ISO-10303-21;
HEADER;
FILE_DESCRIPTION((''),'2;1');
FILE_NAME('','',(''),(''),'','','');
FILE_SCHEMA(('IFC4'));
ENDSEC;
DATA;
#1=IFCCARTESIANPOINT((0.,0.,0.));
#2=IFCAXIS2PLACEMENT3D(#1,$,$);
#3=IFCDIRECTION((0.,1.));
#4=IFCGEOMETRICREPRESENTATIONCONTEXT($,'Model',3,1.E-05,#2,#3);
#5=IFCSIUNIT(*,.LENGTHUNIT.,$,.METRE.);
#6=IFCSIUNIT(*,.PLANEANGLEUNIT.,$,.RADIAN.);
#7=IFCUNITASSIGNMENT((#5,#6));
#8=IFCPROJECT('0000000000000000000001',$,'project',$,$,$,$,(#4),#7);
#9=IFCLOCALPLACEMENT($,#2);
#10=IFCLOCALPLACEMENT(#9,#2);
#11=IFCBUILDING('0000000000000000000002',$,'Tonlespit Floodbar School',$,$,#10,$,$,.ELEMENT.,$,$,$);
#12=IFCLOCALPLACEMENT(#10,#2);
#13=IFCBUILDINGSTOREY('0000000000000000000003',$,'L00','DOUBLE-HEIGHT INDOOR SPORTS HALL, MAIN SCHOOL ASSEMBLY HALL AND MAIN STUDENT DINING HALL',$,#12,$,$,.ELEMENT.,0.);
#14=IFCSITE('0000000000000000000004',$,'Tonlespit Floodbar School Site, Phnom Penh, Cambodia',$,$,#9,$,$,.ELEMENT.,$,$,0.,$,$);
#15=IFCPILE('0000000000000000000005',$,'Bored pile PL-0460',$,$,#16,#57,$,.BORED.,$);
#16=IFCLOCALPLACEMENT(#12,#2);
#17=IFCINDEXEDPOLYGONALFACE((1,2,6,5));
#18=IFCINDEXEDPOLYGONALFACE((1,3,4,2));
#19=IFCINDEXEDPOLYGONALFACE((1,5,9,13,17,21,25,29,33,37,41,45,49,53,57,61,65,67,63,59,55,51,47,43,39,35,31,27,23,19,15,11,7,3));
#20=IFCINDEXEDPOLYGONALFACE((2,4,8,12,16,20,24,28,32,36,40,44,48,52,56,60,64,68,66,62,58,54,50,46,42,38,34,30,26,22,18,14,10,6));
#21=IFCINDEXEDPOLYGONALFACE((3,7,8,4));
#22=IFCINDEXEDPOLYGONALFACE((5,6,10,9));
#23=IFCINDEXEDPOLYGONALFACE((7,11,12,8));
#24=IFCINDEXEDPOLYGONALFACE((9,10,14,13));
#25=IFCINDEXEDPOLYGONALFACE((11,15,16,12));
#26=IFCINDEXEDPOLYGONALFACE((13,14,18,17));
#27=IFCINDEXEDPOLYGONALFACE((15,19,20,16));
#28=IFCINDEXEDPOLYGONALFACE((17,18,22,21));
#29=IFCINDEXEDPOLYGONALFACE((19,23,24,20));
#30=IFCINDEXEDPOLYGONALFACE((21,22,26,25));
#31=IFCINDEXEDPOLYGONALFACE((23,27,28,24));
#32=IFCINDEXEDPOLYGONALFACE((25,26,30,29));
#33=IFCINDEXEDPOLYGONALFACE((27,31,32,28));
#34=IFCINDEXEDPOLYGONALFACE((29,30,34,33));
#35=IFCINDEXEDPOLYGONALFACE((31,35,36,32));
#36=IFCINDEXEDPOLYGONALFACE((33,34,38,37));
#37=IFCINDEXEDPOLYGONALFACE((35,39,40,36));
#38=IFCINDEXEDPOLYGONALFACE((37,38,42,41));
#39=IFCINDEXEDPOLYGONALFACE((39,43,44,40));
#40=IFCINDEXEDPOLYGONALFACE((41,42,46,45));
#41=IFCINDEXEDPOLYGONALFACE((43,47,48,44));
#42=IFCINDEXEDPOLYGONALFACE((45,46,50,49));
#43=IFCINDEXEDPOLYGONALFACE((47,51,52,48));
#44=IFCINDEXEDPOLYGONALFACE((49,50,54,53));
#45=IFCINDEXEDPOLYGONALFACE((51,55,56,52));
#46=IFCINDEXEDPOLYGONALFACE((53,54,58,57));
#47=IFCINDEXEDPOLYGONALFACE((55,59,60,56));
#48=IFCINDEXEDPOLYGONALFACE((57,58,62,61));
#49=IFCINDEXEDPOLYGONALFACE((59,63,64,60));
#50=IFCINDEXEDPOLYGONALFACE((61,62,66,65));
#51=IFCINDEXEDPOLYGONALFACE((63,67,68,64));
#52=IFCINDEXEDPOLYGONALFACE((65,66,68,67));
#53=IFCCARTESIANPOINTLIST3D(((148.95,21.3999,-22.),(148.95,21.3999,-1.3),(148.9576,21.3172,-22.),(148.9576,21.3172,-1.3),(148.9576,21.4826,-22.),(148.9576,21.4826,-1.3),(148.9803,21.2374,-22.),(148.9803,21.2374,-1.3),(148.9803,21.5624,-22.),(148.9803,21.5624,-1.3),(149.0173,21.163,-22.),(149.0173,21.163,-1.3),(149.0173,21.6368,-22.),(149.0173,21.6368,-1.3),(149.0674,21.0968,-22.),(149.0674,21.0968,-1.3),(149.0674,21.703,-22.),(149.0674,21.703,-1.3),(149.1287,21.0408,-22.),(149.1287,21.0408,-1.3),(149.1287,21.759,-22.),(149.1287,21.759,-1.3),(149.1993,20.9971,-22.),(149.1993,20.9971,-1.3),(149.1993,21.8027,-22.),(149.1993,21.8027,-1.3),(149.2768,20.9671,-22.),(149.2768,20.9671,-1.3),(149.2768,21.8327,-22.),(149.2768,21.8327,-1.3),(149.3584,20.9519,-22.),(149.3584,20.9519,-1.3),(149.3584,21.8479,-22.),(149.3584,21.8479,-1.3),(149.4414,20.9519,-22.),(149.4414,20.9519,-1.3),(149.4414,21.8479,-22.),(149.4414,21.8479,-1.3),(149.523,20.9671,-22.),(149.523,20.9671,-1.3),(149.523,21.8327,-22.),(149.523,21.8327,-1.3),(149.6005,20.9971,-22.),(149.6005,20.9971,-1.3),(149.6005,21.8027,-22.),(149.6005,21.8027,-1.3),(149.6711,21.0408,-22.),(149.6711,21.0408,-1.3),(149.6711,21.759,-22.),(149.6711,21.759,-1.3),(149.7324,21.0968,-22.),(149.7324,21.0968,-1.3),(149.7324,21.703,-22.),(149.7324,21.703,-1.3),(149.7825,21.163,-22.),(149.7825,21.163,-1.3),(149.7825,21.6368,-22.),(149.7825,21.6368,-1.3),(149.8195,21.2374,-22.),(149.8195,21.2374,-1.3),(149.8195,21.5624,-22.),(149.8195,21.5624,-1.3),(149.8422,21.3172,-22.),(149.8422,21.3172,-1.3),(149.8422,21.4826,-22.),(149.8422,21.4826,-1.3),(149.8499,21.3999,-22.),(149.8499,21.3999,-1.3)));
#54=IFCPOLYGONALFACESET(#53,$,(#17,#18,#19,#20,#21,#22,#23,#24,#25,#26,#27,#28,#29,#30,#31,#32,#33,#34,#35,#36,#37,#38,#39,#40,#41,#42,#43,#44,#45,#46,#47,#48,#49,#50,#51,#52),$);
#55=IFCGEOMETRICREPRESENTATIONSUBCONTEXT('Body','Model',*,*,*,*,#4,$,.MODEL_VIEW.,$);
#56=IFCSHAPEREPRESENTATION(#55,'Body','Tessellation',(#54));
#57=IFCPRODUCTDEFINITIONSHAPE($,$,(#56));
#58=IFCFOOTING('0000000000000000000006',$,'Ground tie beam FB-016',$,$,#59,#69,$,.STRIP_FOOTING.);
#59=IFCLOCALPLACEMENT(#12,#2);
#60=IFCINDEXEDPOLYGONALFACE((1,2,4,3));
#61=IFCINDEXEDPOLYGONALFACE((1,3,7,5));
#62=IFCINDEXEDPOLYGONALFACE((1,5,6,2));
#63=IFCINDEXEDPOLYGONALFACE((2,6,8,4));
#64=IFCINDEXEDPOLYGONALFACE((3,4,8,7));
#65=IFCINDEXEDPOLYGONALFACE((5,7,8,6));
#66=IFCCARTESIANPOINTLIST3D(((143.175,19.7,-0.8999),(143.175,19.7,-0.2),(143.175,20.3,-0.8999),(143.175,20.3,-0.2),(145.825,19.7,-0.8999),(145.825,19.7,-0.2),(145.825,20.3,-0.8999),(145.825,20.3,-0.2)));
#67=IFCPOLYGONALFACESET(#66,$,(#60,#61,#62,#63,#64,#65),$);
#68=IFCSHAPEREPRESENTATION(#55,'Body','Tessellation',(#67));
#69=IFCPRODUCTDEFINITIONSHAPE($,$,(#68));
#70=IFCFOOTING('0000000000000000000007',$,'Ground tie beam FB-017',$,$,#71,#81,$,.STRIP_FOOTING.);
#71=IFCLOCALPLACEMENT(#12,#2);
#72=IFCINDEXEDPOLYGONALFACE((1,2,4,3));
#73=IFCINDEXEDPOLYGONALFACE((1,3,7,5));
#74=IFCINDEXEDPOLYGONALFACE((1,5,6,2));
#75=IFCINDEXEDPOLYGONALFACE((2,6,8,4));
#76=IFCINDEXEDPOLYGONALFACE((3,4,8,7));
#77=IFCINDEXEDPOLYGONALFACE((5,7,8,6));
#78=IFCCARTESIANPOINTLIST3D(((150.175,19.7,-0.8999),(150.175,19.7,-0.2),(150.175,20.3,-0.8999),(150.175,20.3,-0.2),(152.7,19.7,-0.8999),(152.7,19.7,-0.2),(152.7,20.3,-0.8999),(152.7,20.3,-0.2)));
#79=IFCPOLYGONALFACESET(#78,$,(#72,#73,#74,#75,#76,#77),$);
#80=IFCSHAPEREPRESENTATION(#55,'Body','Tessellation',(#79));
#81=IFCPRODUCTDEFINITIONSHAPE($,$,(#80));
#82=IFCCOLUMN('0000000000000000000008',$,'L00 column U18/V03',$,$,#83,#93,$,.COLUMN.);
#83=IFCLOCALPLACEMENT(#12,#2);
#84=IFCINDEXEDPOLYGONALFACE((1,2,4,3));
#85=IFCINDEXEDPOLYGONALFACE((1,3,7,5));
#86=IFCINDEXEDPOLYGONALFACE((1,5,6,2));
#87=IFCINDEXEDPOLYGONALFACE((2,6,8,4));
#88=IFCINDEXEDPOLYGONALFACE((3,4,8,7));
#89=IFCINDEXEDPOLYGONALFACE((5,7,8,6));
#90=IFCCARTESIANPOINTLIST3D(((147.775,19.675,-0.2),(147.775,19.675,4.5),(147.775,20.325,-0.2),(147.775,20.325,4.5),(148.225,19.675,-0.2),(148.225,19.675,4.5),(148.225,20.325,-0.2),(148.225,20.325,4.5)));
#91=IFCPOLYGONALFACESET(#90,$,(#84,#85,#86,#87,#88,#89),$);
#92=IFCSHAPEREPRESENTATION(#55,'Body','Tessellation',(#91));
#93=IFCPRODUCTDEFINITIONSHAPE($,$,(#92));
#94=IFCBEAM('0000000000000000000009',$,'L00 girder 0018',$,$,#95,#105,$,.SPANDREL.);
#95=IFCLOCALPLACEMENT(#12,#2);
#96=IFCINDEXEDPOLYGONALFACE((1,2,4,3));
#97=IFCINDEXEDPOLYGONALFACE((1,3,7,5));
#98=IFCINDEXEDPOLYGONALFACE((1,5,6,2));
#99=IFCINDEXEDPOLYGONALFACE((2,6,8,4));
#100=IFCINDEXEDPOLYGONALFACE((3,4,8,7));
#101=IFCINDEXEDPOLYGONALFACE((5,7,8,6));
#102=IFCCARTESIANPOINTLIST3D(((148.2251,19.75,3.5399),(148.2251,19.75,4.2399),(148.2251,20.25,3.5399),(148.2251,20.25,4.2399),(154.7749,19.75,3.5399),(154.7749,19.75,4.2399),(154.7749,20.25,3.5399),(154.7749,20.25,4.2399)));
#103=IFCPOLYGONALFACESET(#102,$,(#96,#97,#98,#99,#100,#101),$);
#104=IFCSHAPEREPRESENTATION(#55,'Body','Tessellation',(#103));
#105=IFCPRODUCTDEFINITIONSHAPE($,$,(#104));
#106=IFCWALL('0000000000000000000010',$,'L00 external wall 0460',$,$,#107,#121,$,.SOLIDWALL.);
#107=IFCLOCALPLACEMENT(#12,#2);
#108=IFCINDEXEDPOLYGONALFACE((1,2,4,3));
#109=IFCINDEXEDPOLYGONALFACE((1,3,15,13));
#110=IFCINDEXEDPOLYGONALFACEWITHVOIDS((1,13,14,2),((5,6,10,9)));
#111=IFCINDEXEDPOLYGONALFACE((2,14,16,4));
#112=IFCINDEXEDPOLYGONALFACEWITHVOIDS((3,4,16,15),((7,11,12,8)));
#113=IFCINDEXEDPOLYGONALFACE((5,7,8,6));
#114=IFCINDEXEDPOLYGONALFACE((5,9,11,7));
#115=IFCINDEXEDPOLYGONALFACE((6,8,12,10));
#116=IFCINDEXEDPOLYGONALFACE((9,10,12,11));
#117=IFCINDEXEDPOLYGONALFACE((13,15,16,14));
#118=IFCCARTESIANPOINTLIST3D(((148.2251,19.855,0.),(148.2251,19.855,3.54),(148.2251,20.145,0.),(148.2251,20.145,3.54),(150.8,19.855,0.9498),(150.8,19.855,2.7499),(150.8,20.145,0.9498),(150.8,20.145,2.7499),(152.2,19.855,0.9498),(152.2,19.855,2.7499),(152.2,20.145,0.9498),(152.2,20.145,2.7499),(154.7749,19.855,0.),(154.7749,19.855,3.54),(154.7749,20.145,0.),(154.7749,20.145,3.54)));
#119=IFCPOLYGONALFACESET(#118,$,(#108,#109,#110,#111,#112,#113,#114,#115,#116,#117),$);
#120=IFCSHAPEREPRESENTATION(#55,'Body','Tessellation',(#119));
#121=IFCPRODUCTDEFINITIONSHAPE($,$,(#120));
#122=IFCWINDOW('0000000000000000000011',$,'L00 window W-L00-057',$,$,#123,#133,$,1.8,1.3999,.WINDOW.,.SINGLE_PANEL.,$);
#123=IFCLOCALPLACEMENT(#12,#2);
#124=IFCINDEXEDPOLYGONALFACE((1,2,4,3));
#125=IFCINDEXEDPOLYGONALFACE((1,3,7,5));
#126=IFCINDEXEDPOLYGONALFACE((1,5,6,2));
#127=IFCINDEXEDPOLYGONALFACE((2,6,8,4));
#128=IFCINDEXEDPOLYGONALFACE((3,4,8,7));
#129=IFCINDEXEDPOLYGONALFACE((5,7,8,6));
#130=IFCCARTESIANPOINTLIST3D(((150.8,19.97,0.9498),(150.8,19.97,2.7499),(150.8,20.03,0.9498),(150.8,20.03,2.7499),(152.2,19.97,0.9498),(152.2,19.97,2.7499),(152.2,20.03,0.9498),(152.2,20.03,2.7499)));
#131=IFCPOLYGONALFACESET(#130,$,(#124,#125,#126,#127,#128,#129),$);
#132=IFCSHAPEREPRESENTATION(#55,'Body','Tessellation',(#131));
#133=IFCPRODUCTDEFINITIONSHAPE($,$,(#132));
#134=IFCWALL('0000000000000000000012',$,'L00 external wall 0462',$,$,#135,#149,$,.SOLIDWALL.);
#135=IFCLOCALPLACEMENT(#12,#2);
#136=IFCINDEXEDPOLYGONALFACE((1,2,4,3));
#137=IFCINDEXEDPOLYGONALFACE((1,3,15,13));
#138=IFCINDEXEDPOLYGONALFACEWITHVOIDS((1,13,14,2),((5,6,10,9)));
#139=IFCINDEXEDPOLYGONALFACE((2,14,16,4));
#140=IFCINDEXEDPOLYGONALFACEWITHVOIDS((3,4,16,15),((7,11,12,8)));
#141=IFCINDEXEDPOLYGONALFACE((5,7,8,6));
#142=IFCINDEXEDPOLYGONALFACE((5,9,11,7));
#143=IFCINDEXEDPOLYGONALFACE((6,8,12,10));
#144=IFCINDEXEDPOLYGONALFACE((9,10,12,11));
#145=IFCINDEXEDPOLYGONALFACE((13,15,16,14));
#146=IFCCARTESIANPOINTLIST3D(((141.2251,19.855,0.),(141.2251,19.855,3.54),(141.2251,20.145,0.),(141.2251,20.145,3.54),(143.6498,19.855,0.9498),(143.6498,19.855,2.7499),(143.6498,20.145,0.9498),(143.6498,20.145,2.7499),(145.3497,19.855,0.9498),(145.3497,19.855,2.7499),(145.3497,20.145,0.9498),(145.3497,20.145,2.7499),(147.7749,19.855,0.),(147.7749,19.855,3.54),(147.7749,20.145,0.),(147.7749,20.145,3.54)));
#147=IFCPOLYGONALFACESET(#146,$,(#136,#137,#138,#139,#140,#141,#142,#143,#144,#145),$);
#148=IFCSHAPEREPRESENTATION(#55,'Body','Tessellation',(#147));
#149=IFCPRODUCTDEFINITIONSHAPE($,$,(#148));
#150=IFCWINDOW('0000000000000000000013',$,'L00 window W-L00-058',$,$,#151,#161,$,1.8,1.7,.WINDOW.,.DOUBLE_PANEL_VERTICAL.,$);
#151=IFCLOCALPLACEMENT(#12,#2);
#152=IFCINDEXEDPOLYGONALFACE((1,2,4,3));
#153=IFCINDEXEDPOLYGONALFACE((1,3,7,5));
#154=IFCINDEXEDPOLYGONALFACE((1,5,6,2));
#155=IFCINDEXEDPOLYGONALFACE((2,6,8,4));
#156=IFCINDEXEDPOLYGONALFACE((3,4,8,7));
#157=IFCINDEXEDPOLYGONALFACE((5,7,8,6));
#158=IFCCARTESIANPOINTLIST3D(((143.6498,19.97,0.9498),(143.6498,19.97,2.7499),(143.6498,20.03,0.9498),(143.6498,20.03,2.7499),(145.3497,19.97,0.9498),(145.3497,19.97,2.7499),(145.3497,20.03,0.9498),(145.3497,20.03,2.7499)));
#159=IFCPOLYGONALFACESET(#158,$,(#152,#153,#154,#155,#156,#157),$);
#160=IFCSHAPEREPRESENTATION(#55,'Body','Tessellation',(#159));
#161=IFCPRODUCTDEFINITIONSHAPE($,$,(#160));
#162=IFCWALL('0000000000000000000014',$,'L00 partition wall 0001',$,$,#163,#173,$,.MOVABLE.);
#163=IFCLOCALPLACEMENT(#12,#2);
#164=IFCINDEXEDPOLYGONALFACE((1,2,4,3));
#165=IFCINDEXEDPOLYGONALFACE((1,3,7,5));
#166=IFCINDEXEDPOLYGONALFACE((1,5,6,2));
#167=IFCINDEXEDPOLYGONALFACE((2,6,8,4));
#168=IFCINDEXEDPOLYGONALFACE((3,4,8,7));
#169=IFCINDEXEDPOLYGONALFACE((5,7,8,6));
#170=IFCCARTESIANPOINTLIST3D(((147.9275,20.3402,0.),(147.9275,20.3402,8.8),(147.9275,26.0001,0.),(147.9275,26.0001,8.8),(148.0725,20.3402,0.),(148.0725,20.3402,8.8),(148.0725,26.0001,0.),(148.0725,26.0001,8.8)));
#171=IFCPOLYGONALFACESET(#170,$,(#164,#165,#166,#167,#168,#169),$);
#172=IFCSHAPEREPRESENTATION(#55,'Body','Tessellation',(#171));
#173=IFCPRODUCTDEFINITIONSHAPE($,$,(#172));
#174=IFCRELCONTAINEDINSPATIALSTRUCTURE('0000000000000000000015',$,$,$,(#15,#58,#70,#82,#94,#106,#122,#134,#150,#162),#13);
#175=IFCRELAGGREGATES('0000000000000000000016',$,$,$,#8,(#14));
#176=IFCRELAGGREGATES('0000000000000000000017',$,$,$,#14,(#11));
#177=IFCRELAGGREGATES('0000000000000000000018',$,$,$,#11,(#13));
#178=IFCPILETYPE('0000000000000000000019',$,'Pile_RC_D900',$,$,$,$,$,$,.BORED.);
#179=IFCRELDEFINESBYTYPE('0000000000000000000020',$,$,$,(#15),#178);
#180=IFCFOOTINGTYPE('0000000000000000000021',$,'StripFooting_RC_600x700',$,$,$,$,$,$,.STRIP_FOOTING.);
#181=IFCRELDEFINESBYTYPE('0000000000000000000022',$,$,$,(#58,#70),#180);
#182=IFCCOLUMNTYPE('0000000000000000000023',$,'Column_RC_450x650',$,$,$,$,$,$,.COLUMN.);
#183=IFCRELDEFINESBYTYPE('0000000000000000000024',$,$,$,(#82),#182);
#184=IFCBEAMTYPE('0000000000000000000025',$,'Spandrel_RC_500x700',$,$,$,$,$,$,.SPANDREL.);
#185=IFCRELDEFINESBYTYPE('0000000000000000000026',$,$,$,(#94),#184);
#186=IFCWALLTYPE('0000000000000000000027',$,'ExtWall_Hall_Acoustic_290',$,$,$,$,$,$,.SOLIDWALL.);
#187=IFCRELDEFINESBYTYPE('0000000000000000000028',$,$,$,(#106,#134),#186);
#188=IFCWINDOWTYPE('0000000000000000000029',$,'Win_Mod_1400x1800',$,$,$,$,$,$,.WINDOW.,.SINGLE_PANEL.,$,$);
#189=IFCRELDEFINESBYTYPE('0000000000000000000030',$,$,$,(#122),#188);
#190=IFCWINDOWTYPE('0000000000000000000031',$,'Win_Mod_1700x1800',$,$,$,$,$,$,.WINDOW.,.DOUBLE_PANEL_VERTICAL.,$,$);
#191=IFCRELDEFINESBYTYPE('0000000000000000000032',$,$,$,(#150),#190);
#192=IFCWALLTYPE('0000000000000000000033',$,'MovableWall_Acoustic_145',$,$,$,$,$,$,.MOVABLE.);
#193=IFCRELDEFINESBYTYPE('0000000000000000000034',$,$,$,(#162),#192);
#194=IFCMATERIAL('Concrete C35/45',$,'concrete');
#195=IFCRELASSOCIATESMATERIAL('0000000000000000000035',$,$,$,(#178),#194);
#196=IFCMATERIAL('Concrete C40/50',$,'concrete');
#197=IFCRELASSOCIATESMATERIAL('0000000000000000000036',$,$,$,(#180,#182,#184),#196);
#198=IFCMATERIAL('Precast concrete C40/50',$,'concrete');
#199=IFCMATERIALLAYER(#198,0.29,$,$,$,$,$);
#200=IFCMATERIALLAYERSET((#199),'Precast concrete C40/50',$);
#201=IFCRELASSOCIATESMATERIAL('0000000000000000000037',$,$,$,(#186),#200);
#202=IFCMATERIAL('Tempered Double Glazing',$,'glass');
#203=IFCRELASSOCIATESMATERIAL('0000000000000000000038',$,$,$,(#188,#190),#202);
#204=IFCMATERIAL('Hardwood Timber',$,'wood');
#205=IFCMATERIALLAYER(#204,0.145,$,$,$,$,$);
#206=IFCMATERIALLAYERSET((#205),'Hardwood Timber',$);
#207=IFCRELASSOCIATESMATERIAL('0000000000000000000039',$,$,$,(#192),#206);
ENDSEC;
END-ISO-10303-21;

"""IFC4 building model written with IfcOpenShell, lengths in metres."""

from ifc_helpers import new_model, si_unit, direction, frame, frame_2d, origin, origin_2d, place, context, subcontext, project, spatial, rectangle, circle, extrude, material, layer, layer_set, material_profile, profile_set, type_object, element, fill, save


model = new_model("IFC4")

# Units and contexts
model_context = context("Model", 3, precision=1e-05, world=origin(), true_north=direction((0.0, 1.0)))
body_context = subcontext(model_context, "Body", "Model", "MODEL_VIEW")
ifc_project = project(units=[si_unit("LENGTHUNIT", "METRE"), si_unit("PLANEANGLEUNIT", "RADIAN")], contexts=[model_context])

# Site, building, storey
site_placement = place(None, origin())
site = spatial("IfcSite", under=ifc_project, at=site_placement, Name="Tonlespit Floodbar School Site, Phnom Penh, Cambodia", CompositionType="ELEMENT", RefElevation=0.0)
building_placement = place(site_placement, origin())
building = spatial("IfcBuilding", under=site, at=building_placement, Name="Tonlespit Floodbar School", CompositionType="ELEMENT")
storey_placement = place(building_placement, origin())
storey = spatial("IfcBuildingStorey", under=building, at=storey_placement, Name="L00", Description="DOUBLE-HEIGHT INDOOR SPORTS HALL, MAIN SCHOOL ASSEMBLY HALL AND MAIN STUDENT DINING HALL", CompositionType="ELEMENT", Elevation=0.0)

# Shared definitions
ifc_material_1 = material(Name="Concrete C40/50", Category="concrete")

# Pile
ifc_material_2 = material(Name="Concrete C35/45", Category="concrete")
ifc_material_profile_1 = material_profile(ifc_material_2, circle(Radius=0.45, at=origin_2d()), Name="BP D900")
ifc_profile_set_1 = profile_set([ifc_material_profile_1], Name="Concrete C35/45")
pile_type_1 = type_object("IfcPileType", Name="Pile_RC_D900", PredefinedType="BORED", material=ifc_profile_set_1)
for number, where, z_axis, x_axis, name in (
    (1, (149.3999, 21.3999, -1.3), (0.0, 0.0, -1.0), (1.0, 0.0, 0.0), "Bored pile PL-0460"),
):
    element("IfcPile", number, at=place(storey_placement, frame(where, z_axis=z_axis, x_axis=x_axis)), inside=storey, type_object=pile_type_1, Name=name, PredefinedType="BORED", context=body_context, shape_type="SweptSolid", body=[
        extrude(circle(Radius=0.45, at=origin_2d()), origin(), (0.0, 0.0, 1.0), 20.7),
    ])

# Footings
footing_type_1 = type_object("IfcFootingType", Name="StripFooting_RC_600x700", PredefinedType="STRIP_FOOTING", material=ifc_material_1)
footing_1_placement = place(storey_placement, frame((144.5, 20.0, -0.8999), z_axis=(0.0, 0.0, 1.0), x_axis=(1.0, 0.0, 0.0)))
element("IfcFooting", 2, at=footing_1_placement, inside=storey, type_object=footing_type_1, Name="Ground tie beam FB-016", PredefinedType="STRIP_FOOTING", context=body_context, shape_type="SweptSolid", body=[
    extrude(rectangle(XDim=2.6499, YDim=0.6001, at=origin_2d()), origin(), (0.0, 0.0, 1.0), 0.7),
])
footing_2_placement = place(storey_placement, frame((151.4375, 20.0, -0.8999), z_axis=(0.0, 0.0, 1.0), x_axis=(1.0, 0.0, 0.0)))
element("IfcFooting", 3, at=footing_2_placement, inside=storey, type_object=footing_type_1, Name="Ground tie beam FB-017", PredefinedType="STRIP_FOOTING", context=body_context, shape_type="SweptSolid", body=[
    extrude(rectangle(XDim=2.5249, YDim=0.6001, at=origin_2d()), origin(), (0.0, 0.0, 1.0), 0.7),
])

# Column
ifc_material_profile_2 = material_profile(ifc_material_1, rectangle(XDim=0.45, YDim=0.6499, at=origin_2d()), Name="RC 450x650")
ifc_profile_set_2 = profile_set([ifc_material_profile_2], Name="Concrete C40/50")
column_type = type_object("IfcColumnType", Name="Column_RC_450x650", PredefinedType="COLUMN", material=ifc_profile_set_2)
column_placement = place(storey_placement, frame((148.0, 20.0, -0.2), z_axis=(0.0, 0.0, 1.0), x_axis=(1.0, 0.0, 0.0)))
element("IfcColumn", 4, at=column_placement, inside=storey, type_object=column_type, Name="L00 column U18/V03", PredefinedType="COLUMN", context=body_context, shape_type="SweptSolid", body=[
    extrude(rectangle(XDim=0.45, YDim=0.6499, at=origin_2d()), origin(), (0.0, 0.0, 1.0), 4.7),
])

# Beam
ifc_material_profile_3 = material_profile(ifc_material_1, rectangle(XDim=0.5, YDim=0.7, at=origin_2d()), Name="RC 500x700")
ifc_profile_set_3 = profile_set([ifc_material_profile_3], Name="Concrete C40/50")
beam_type = type_object("IfcBeamType", Name="Spandrel_RC_500x700", PredefinedType="SPANDREL", material=ifc_profile_set_3)
beam_placement = place(storey_placement, frame((148.2251, 20.0, 3.8899), z_axis=(1.0, 0.0, 0.0), x_axis=(0.0, 1.0, 0.0)))
element("IfcBeam", 5, at=beam_placement, inside=storey, type_object=beam_type, Name="L00 girder 0018", PredefinedType="SPANDREL", context=body_context, shape_type="SweptSolid", body=[
    extrude(rectangle(XDim=0.5, YDim=0.7, at=origin_2d()), origin(), (0.0, 0.0, 1.0), 6.5498),
])

# Walls, openings, windows
ifc_material_3 = material(Name="Precast concrete C40/50", Category="concrete")
ifc_layer_1 = layer(ifc_material_3, 0.29)
ifc_layer_set_1 = layer_set([ifc_layer_1], Name="Precast concrete C40/50")
wall_type_1 = type_object("IfcWallType", Name="ExtWall_Hall_Acoustic_290", PredefinedType="SOLIDWALL", material=ifc_layer_set_1)
wall_1_placement = place(storey_placement, frame((154.7749, 20.0, 0.0), z_axis=(0.0, 0.0, 1.0), x_axis=(-1.0, 0.0, 0.0)))
wall_1 = element("IfcWall", 6, at=wall_1_placement, inside=storey, type_object=wall_type_1, Name="L00 external wall 0460", PredefinedType="SOLIDWALL", context=body_context, shape_type="SweptSolid", body=[
    extrude(rectangle(XDim=6.5498, YDim=0.29, at=frame_2d((3.2749, 0.0))), origin(), (0.0, 0.0, 1.0), 3.54),
])
opening_1_placement = place(wall_1_placement, frame((2.575, 0.0, 0.95)))
opening_1 = element("IfcOpeningElement", 7, at=opening_1_placement, cuts=wall_1, PredefinedType="OPENING", context=body_context, shape_type="SweptSolid", body=[
    extrude(rectangle(XDim=1.3999, YDim=1.8, at=frame_2d((0.7, 0.8999))), frame((0.0, 0.155, 0.0), z_axis=(0.0, -1.0, 0.0), x_axis=(1.0, 0.0, 0.0)), (0.0, 0.0, 1.0), 0.3101),
])
ifc_material_4 = material(Name="Tempered Double Glazing", Category="glass")
window_type_1 = type_object("IfcWindowType", Name="Win_Mod_1400x1800", PartitioningType="SINGLE_PANEL", PredefinedType="WINDOW", material=ifc_material_4)
window_1_placement = place(opening_1_placement, origin())
window_1 = element("IfcWindow", 8, at=window_1_placement, inside=storey, type_object=window_type_1, Name="L00 window W-L00-057", OverallHeight=1.8, OverallWidth=1.3999, PartitioningType="SINGLE_PANEL", PredefinedType="WINDOW", context=body_context, shape_type="SweptSolid", body=[
    extrude(rectangle(XDim=1.3999, YDim=1.8, at=frame_2d((0.7, 0.8999))), frame((0.0, 0.03, 0.0), z_axis=(0.0, -1.0, 0.0), x_axis=(1.0, 0.0, 0.0)), (0.0, 0.0, 1.0), 0.0601),
])
fill(opening_1, window_1)
wall_2_placement = place(storey_placement, frame((147.7749, 20.0, 0.0), z_axis=(0.0, 0.0, 1.0), x_axis=(-1.0, 0.0, 0.0)))
wall_2 = element("IfcWall", 9, at=wall_2_placement, inside=storey, type_object=wall_type_1, Name="L00 external wall 0462", PredefinedType="SOLIDWALL", context=body_context, shape_type="SweptSolid", body=[
    extrude(rectangle(XDim=6.5498, YDim=0.29, at=frame_2d((3.2749, 0.0))), origin(), (0.0, 0.0, 1.0), 3.54),
])
opening_2_placement = place(wall_2_placement, frame((2.425, 0.0, 0.95)))
opening_2 = element("IfcOpeningElement", 10, at=opening_2_placement, cuts=wall_2, PredefinedType="OPENING", context=body_context, shape_type="SweptSolid", body=[
    extrude(rectangle(XDim=1.7, YDim=1.8, at=frame_2d((0.8501, 0.8999))), frame((0.0, 0.155, 0.0), z_axis=(0.0, -1.0, 0.0), x_axis=(1.0, 0.0, 0.0)), (0.0, 0.0, 1.0), 0.3101),
])
window_type_2 = type_object("IfcWindowType", Name="Win_Mod_1700x1800", PartitioningType="DOUBLE_PANEL_VERTICAL", PredefinedType="WINDOW", material=ifc_material_4)
window_2_placement = place(opening_2_placement, origin())
window_2 = element("IfcWindow", 11, at=window_2_placement, inside=storey, type_object=window_type_2, Name="L00 window W-L00-058", OverallHeight=1.8, OverallWidth=1.7, PartitioningType="DOUBLE_PANEL_VERTICAL", PredefinedType="WINDOW", context=body_context, shape_type="SweptSolid", body=[
    extrude(rectangle(XDim=1.7, YDim=1.8, at=frame_2d((0.8501, 0.8999))), frame((0.0, 0.03, 0.0), z_axis=(0.0, -1.0, 0.0), x_axis=(1.0, 0.0, 0.0)), (0.0, 0.0, 1.0), 0.0601),
])
fill(opening_2, window_2)

# Wall
ifc_material_5 = material(Name="Hardwood Timber", Category="wood")
ifc_layer_2 = layer(ifc_material_5, 0.145)
ifc_layer_set_2 = layer_set([ifc_layer_2], Name="Hardwood Timber")
wall_type_2 = type_object("IfcWallType", Name="MovableWall_Acoustic_145", PredefinedType="MOVABLE", material=ifc_layer_set_2)
wall_3_placement = place(storey_placement, frame((148.0, 20.3401, 0.0), z_axis=(0.0, 0.0, 1.0), x_axis=(0.0, 1.0, 0.0)))
element("IfcWall", 12, at=wall_3_placement, inside=storey, type_object=wall_type_2, Name="L00 partition wall 0001", PredefinedType="MOVABLE", context=body_context, shape_type="SweptSolid", body=[
    extrude(rectangle(XDim=5.6599, YDim=0.145, at=frame_2d((2.8301, 0.0))), origin(), (0.0, 0.0, 1.0), 8.8),
])

save(model, "model.ifc")
